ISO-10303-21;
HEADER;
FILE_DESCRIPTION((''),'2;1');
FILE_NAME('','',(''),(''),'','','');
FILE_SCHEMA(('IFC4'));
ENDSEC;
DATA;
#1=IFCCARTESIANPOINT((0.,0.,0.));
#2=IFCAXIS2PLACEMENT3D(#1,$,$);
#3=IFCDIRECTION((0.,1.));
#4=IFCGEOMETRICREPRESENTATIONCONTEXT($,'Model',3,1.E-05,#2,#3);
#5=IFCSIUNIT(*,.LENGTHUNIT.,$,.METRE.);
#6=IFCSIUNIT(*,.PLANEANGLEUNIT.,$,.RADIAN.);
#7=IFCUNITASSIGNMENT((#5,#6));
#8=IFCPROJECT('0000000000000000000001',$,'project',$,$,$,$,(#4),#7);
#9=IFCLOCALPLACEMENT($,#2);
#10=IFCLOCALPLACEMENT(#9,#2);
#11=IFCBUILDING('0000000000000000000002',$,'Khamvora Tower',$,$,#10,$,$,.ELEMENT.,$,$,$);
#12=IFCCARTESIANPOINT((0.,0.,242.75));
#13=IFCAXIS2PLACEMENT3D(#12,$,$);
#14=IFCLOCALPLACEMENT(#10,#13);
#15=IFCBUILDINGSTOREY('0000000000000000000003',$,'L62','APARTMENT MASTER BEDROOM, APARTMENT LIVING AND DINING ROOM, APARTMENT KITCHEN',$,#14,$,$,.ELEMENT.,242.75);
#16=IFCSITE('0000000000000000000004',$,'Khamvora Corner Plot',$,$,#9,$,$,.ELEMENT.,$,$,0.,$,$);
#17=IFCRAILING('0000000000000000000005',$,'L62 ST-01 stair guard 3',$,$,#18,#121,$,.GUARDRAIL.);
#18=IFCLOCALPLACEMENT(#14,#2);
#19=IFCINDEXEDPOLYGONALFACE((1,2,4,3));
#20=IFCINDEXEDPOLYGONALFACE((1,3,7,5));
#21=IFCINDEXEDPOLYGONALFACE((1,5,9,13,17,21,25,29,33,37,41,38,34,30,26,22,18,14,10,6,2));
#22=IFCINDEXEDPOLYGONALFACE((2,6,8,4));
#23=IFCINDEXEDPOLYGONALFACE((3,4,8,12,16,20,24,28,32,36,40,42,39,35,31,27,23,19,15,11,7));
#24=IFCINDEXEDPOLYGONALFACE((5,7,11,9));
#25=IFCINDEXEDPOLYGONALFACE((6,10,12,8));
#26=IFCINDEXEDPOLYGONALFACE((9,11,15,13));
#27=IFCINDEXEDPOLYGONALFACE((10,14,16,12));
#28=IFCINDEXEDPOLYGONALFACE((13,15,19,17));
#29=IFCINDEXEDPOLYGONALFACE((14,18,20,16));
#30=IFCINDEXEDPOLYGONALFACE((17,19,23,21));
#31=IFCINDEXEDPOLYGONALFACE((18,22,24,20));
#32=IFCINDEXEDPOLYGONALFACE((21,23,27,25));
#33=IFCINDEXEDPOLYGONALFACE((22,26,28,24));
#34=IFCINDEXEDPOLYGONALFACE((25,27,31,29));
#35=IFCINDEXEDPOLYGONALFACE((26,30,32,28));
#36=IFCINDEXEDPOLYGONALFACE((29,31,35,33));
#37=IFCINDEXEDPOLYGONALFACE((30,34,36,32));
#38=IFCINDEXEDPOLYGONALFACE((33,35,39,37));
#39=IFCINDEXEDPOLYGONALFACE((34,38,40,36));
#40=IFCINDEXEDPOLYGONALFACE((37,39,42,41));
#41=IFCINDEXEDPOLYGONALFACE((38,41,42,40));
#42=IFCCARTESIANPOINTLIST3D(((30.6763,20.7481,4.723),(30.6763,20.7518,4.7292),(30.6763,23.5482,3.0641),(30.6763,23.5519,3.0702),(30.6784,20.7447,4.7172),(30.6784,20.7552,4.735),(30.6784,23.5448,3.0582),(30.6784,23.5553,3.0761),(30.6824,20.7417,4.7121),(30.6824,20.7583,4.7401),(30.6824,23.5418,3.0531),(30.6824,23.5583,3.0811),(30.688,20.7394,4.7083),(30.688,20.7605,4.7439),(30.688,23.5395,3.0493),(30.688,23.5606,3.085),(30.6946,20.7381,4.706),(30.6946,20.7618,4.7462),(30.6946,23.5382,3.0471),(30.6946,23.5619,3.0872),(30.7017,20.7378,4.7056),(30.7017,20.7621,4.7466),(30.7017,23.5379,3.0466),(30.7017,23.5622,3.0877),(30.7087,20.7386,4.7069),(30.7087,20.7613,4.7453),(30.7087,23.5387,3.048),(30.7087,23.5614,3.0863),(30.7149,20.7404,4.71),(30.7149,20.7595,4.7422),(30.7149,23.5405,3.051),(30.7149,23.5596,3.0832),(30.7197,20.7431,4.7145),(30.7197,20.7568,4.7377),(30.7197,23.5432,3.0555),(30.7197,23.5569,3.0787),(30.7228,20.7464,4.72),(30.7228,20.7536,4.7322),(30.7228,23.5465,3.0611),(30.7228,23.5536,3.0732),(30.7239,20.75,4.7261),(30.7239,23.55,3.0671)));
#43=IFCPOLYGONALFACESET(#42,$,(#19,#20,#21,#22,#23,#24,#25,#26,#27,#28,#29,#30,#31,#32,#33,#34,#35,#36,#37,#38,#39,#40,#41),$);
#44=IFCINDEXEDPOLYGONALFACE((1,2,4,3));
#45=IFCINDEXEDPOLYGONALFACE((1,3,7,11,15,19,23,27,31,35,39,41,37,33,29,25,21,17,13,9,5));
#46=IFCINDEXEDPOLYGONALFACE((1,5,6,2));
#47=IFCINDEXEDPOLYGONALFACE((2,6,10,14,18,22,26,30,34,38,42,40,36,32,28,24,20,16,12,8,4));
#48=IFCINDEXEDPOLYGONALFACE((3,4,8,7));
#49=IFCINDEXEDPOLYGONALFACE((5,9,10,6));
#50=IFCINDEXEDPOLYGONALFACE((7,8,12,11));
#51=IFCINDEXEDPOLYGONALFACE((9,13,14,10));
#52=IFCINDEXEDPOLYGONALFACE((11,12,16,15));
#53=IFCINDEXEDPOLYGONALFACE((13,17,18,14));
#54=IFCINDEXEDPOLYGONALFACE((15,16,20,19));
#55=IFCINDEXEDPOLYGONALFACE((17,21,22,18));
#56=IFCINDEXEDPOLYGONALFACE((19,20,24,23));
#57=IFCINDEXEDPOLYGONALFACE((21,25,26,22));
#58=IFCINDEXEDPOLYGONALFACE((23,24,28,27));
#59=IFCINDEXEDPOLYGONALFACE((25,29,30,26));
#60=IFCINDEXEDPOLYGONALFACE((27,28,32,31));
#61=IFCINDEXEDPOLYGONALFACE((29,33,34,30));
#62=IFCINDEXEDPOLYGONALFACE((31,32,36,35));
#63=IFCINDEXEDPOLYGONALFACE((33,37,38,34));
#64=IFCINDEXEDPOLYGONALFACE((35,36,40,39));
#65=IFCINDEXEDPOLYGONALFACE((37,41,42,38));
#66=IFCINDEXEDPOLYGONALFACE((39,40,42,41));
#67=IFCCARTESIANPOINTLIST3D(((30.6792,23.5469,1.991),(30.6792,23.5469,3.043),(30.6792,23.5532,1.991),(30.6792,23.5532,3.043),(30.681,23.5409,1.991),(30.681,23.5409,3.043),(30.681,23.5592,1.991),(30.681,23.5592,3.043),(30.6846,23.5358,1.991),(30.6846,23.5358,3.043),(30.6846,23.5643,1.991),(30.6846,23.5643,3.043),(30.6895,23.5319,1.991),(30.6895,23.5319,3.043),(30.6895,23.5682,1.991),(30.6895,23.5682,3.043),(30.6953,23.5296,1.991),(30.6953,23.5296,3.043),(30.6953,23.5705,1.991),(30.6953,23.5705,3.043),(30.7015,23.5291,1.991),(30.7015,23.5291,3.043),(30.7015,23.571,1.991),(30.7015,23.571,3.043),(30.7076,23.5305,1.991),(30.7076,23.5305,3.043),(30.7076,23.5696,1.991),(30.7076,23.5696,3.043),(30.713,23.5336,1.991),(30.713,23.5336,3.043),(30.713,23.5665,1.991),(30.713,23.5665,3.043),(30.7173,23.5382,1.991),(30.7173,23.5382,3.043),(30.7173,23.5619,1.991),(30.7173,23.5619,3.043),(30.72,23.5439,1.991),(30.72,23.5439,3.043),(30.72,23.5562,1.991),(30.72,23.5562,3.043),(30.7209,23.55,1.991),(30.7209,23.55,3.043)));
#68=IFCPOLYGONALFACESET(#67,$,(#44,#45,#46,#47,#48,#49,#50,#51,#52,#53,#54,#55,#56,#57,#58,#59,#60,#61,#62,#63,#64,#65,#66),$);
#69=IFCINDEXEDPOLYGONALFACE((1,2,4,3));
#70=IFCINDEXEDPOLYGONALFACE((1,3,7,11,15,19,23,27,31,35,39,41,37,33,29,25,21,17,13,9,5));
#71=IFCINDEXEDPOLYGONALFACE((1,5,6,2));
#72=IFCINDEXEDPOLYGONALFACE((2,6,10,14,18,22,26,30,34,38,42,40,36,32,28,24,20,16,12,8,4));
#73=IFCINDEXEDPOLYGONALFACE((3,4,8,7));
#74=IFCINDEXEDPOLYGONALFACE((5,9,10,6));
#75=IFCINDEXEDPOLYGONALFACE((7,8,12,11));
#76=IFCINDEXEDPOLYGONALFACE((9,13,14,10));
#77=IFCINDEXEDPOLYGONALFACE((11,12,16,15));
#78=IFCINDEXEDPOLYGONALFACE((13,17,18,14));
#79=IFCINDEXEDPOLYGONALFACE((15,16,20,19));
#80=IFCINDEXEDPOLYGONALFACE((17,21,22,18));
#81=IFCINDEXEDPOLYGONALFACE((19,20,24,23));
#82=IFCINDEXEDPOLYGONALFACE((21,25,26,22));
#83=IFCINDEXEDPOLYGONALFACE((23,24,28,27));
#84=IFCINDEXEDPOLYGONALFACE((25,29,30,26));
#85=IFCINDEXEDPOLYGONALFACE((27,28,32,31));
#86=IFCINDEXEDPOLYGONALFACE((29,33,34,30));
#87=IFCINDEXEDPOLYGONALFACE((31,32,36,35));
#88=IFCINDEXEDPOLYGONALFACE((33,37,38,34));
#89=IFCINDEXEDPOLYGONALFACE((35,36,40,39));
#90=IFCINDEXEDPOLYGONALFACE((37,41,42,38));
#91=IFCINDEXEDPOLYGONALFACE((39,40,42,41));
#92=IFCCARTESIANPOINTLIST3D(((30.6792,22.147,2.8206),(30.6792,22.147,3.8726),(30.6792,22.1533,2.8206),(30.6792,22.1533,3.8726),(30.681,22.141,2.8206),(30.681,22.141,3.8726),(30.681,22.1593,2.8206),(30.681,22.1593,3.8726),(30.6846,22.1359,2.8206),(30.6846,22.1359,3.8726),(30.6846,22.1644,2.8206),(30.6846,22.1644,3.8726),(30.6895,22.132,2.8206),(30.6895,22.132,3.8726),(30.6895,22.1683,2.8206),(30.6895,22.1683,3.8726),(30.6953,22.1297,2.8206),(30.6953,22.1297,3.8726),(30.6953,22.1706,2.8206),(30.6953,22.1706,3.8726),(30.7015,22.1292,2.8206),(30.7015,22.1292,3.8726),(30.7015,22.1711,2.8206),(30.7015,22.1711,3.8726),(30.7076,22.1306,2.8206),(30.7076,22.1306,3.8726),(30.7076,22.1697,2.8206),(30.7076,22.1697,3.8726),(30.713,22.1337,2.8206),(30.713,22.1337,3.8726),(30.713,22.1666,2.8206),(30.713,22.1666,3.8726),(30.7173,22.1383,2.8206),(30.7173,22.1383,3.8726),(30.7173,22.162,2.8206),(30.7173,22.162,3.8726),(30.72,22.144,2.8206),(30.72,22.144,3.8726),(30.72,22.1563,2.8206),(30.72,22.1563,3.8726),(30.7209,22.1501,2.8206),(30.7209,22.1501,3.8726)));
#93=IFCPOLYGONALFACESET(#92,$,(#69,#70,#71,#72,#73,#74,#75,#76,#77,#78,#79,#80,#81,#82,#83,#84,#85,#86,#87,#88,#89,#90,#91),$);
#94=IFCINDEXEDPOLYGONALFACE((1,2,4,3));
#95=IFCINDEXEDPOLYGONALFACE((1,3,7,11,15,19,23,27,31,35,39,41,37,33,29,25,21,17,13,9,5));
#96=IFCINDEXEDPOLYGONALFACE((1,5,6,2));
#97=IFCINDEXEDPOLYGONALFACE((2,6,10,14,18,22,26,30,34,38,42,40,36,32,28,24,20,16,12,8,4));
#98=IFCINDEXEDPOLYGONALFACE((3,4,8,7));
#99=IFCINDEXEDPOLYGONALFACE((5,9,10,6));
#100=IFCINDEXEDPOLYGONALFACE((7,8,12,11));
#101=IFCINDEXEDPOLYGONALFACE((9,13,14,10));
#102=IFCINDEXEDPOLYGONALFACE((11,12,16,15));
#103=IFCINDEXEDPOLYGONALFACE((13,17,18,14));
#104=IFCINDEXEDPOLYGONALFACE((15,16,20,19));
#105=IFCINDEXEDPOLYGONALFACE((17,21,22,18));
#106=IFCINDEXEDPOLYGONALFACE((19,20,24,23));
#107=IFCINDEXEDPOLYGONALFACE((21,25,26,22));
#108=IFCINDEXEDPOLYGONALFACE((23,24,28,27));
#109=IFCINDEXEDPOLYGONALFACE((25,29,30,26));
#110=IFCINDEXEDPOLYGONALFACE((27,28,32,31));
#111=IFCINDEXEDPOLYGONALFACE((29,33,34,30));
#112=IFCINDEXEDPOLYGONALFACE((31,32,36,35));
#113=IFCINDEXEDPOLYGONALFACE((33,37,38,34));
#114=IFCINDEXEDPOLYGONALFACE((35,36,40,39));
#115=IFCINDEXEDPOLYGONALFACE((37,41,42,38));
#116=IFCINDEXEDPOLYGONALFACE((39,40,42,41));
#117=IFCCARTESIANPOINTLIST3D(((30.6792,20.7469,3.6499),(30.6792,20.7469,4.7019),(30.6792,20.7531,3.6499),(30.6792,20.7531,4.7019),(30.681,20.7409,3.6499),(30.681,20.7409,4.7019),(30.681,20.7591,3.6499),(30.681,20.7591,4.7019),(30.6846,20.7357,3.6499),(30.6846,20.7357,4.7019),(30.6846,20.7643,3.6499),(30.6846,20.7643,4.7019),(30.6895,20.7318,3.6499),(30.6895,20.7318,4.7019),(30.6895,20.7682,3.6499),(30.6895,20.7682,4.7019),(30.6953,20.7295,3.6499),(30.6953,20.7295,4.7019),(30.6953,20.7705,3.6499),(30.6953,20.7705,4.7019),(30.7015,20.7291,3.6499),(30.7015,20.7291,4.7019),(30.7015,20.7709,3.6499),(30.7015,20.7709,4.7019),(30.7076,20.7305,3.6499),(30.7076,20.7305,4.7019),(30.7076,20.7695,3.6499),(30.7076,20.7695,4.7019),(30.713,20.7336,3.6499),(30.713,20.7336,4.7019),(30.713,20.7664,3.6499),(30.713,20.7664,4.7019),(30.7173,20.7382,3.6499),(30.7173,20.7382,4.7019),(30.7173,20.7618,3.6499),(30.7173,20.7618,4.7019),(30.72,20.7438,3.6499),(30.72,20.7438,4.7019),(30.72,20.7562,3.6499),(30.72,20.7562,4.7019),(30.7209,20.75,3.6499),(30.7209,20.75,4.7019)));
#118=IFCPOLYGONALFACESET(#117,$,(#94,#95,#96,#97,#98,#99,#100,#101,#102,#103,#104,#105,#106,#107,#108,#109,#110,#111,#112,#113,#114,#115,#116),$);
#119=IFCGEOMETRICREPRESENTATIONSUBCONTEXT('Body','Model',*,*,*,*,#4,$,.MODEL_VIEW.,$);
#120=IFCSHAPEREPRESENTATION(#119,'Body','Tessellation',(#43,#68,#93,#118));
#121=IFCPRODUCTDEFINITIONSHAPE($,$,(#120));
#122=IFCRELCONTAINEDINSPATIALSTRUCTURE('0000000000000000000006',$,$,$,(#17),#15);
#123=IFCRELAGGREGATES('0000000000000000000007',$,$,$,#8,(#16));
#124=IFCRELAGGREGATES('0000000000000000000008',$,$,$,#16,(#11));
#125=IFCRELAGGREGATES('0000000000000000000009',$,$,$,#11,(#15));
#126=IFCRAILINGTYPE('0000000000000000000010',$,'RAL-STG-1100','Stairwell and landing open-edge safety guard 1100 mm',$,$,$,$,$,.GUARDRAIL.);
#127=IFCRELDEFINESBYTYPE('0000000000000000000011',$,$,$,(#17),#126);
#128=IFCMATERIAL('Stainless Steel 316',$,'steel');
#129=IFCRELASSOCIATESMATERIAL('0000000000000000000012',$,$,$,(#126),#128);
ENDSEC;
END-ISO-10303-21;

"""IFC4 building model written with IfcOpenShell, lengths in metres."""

from ifc_helpers import new_model, si_unit, direction, frame, origin, origin_2d, place, context, subcontext, project, spatial, circle, extrude, material, type_object, element, save


model = new_model("IFC4")

# Units and contexts
model_context = context("Model", 3, precision=1e-05, world=origin(), true_north=direction((0.0, 1.0)))
body_context = subcontext(model_context, "Body", "Model", "MODEL_VIEW")
ifc_project = project(units=[si_unit("LENGTHUNIT", "METRE"), si_unit("PLANEANGLEUNIT", "RADIAN")], contexts=[model_context])

# Site, building, storey
site_placement = place(None, origin())
site = spatial("IfcSite", under=ifc_project, at=site_placement, Name="Khamvora Corner Plot", CompositionType="ELEMENT", RefElevation=0.0)
building_placement = place(site_placement, origin())
building = spatial("IfcBuilding", under=site, at=building_placement, Name="Khamvora Tower", CompositionType="ELEMENT")
storey_placement = place(building_placement, frame((0.0, 0.0, 242.75)))
storey = spatial("IfcBuildingStorey", under=building, at=storey_placement, Name="L62", Description="APARTMENT MASTER BEDROOM, APARTMENT LIVING AND DINING ROOM, APARTMENT KITCHEN", CompositionType="ELEMENT", Elevation=242.75)

# Railing
ifc_material_1 = material(Name="Stainless Steel 316", Category="steel")
railing_type_1 = type_object("IfcRailingType", Name="RAL-STG-1100", Description="Stairwell and landing open-edge safety guard 1100 mm", PredefinedType="GUARDRAIL", material=ifc_material_1)
railing_1_placement = place(storey_placement, frame((30.7, 23.55, 1.991)))
element("IfcRailing", 1, at=railing_1_placement, inside=storey, type_object=railing_type_1, Name="L62 ST-01 stair guard 3", PredefinedType="GUARDRAIL", context=body_context, shape_type="SweptSolid", body=[
    extrude(circle(Radius=0.0239, at=origin_2d()), frame((0.0, 0.0, 1.0762), z_axis=(0.0, -0.860339, 0.509722), x_axis=(1.0, 0.0, 0.0)), (0.0, 0.0, 1.0), 3.2546),
    extrude(circle(Radius=0.021, at=origin_2d()), origin(), (0.0, 0.0, 1.0), 1.052),
    extrude(circle(Radius=0.021, at=origin_2d()), frame((0.0, -1.3999, 0.8296)), (0.0, 0.0, 1.0), 1.052),
    extrude(circle(Radius=0.021, at=origin_2d()), frame((0.0, -2.8, 1.6589)), (0.0, 0.0, 1.0), 1.052),
])

save(model, "model.ifc")
